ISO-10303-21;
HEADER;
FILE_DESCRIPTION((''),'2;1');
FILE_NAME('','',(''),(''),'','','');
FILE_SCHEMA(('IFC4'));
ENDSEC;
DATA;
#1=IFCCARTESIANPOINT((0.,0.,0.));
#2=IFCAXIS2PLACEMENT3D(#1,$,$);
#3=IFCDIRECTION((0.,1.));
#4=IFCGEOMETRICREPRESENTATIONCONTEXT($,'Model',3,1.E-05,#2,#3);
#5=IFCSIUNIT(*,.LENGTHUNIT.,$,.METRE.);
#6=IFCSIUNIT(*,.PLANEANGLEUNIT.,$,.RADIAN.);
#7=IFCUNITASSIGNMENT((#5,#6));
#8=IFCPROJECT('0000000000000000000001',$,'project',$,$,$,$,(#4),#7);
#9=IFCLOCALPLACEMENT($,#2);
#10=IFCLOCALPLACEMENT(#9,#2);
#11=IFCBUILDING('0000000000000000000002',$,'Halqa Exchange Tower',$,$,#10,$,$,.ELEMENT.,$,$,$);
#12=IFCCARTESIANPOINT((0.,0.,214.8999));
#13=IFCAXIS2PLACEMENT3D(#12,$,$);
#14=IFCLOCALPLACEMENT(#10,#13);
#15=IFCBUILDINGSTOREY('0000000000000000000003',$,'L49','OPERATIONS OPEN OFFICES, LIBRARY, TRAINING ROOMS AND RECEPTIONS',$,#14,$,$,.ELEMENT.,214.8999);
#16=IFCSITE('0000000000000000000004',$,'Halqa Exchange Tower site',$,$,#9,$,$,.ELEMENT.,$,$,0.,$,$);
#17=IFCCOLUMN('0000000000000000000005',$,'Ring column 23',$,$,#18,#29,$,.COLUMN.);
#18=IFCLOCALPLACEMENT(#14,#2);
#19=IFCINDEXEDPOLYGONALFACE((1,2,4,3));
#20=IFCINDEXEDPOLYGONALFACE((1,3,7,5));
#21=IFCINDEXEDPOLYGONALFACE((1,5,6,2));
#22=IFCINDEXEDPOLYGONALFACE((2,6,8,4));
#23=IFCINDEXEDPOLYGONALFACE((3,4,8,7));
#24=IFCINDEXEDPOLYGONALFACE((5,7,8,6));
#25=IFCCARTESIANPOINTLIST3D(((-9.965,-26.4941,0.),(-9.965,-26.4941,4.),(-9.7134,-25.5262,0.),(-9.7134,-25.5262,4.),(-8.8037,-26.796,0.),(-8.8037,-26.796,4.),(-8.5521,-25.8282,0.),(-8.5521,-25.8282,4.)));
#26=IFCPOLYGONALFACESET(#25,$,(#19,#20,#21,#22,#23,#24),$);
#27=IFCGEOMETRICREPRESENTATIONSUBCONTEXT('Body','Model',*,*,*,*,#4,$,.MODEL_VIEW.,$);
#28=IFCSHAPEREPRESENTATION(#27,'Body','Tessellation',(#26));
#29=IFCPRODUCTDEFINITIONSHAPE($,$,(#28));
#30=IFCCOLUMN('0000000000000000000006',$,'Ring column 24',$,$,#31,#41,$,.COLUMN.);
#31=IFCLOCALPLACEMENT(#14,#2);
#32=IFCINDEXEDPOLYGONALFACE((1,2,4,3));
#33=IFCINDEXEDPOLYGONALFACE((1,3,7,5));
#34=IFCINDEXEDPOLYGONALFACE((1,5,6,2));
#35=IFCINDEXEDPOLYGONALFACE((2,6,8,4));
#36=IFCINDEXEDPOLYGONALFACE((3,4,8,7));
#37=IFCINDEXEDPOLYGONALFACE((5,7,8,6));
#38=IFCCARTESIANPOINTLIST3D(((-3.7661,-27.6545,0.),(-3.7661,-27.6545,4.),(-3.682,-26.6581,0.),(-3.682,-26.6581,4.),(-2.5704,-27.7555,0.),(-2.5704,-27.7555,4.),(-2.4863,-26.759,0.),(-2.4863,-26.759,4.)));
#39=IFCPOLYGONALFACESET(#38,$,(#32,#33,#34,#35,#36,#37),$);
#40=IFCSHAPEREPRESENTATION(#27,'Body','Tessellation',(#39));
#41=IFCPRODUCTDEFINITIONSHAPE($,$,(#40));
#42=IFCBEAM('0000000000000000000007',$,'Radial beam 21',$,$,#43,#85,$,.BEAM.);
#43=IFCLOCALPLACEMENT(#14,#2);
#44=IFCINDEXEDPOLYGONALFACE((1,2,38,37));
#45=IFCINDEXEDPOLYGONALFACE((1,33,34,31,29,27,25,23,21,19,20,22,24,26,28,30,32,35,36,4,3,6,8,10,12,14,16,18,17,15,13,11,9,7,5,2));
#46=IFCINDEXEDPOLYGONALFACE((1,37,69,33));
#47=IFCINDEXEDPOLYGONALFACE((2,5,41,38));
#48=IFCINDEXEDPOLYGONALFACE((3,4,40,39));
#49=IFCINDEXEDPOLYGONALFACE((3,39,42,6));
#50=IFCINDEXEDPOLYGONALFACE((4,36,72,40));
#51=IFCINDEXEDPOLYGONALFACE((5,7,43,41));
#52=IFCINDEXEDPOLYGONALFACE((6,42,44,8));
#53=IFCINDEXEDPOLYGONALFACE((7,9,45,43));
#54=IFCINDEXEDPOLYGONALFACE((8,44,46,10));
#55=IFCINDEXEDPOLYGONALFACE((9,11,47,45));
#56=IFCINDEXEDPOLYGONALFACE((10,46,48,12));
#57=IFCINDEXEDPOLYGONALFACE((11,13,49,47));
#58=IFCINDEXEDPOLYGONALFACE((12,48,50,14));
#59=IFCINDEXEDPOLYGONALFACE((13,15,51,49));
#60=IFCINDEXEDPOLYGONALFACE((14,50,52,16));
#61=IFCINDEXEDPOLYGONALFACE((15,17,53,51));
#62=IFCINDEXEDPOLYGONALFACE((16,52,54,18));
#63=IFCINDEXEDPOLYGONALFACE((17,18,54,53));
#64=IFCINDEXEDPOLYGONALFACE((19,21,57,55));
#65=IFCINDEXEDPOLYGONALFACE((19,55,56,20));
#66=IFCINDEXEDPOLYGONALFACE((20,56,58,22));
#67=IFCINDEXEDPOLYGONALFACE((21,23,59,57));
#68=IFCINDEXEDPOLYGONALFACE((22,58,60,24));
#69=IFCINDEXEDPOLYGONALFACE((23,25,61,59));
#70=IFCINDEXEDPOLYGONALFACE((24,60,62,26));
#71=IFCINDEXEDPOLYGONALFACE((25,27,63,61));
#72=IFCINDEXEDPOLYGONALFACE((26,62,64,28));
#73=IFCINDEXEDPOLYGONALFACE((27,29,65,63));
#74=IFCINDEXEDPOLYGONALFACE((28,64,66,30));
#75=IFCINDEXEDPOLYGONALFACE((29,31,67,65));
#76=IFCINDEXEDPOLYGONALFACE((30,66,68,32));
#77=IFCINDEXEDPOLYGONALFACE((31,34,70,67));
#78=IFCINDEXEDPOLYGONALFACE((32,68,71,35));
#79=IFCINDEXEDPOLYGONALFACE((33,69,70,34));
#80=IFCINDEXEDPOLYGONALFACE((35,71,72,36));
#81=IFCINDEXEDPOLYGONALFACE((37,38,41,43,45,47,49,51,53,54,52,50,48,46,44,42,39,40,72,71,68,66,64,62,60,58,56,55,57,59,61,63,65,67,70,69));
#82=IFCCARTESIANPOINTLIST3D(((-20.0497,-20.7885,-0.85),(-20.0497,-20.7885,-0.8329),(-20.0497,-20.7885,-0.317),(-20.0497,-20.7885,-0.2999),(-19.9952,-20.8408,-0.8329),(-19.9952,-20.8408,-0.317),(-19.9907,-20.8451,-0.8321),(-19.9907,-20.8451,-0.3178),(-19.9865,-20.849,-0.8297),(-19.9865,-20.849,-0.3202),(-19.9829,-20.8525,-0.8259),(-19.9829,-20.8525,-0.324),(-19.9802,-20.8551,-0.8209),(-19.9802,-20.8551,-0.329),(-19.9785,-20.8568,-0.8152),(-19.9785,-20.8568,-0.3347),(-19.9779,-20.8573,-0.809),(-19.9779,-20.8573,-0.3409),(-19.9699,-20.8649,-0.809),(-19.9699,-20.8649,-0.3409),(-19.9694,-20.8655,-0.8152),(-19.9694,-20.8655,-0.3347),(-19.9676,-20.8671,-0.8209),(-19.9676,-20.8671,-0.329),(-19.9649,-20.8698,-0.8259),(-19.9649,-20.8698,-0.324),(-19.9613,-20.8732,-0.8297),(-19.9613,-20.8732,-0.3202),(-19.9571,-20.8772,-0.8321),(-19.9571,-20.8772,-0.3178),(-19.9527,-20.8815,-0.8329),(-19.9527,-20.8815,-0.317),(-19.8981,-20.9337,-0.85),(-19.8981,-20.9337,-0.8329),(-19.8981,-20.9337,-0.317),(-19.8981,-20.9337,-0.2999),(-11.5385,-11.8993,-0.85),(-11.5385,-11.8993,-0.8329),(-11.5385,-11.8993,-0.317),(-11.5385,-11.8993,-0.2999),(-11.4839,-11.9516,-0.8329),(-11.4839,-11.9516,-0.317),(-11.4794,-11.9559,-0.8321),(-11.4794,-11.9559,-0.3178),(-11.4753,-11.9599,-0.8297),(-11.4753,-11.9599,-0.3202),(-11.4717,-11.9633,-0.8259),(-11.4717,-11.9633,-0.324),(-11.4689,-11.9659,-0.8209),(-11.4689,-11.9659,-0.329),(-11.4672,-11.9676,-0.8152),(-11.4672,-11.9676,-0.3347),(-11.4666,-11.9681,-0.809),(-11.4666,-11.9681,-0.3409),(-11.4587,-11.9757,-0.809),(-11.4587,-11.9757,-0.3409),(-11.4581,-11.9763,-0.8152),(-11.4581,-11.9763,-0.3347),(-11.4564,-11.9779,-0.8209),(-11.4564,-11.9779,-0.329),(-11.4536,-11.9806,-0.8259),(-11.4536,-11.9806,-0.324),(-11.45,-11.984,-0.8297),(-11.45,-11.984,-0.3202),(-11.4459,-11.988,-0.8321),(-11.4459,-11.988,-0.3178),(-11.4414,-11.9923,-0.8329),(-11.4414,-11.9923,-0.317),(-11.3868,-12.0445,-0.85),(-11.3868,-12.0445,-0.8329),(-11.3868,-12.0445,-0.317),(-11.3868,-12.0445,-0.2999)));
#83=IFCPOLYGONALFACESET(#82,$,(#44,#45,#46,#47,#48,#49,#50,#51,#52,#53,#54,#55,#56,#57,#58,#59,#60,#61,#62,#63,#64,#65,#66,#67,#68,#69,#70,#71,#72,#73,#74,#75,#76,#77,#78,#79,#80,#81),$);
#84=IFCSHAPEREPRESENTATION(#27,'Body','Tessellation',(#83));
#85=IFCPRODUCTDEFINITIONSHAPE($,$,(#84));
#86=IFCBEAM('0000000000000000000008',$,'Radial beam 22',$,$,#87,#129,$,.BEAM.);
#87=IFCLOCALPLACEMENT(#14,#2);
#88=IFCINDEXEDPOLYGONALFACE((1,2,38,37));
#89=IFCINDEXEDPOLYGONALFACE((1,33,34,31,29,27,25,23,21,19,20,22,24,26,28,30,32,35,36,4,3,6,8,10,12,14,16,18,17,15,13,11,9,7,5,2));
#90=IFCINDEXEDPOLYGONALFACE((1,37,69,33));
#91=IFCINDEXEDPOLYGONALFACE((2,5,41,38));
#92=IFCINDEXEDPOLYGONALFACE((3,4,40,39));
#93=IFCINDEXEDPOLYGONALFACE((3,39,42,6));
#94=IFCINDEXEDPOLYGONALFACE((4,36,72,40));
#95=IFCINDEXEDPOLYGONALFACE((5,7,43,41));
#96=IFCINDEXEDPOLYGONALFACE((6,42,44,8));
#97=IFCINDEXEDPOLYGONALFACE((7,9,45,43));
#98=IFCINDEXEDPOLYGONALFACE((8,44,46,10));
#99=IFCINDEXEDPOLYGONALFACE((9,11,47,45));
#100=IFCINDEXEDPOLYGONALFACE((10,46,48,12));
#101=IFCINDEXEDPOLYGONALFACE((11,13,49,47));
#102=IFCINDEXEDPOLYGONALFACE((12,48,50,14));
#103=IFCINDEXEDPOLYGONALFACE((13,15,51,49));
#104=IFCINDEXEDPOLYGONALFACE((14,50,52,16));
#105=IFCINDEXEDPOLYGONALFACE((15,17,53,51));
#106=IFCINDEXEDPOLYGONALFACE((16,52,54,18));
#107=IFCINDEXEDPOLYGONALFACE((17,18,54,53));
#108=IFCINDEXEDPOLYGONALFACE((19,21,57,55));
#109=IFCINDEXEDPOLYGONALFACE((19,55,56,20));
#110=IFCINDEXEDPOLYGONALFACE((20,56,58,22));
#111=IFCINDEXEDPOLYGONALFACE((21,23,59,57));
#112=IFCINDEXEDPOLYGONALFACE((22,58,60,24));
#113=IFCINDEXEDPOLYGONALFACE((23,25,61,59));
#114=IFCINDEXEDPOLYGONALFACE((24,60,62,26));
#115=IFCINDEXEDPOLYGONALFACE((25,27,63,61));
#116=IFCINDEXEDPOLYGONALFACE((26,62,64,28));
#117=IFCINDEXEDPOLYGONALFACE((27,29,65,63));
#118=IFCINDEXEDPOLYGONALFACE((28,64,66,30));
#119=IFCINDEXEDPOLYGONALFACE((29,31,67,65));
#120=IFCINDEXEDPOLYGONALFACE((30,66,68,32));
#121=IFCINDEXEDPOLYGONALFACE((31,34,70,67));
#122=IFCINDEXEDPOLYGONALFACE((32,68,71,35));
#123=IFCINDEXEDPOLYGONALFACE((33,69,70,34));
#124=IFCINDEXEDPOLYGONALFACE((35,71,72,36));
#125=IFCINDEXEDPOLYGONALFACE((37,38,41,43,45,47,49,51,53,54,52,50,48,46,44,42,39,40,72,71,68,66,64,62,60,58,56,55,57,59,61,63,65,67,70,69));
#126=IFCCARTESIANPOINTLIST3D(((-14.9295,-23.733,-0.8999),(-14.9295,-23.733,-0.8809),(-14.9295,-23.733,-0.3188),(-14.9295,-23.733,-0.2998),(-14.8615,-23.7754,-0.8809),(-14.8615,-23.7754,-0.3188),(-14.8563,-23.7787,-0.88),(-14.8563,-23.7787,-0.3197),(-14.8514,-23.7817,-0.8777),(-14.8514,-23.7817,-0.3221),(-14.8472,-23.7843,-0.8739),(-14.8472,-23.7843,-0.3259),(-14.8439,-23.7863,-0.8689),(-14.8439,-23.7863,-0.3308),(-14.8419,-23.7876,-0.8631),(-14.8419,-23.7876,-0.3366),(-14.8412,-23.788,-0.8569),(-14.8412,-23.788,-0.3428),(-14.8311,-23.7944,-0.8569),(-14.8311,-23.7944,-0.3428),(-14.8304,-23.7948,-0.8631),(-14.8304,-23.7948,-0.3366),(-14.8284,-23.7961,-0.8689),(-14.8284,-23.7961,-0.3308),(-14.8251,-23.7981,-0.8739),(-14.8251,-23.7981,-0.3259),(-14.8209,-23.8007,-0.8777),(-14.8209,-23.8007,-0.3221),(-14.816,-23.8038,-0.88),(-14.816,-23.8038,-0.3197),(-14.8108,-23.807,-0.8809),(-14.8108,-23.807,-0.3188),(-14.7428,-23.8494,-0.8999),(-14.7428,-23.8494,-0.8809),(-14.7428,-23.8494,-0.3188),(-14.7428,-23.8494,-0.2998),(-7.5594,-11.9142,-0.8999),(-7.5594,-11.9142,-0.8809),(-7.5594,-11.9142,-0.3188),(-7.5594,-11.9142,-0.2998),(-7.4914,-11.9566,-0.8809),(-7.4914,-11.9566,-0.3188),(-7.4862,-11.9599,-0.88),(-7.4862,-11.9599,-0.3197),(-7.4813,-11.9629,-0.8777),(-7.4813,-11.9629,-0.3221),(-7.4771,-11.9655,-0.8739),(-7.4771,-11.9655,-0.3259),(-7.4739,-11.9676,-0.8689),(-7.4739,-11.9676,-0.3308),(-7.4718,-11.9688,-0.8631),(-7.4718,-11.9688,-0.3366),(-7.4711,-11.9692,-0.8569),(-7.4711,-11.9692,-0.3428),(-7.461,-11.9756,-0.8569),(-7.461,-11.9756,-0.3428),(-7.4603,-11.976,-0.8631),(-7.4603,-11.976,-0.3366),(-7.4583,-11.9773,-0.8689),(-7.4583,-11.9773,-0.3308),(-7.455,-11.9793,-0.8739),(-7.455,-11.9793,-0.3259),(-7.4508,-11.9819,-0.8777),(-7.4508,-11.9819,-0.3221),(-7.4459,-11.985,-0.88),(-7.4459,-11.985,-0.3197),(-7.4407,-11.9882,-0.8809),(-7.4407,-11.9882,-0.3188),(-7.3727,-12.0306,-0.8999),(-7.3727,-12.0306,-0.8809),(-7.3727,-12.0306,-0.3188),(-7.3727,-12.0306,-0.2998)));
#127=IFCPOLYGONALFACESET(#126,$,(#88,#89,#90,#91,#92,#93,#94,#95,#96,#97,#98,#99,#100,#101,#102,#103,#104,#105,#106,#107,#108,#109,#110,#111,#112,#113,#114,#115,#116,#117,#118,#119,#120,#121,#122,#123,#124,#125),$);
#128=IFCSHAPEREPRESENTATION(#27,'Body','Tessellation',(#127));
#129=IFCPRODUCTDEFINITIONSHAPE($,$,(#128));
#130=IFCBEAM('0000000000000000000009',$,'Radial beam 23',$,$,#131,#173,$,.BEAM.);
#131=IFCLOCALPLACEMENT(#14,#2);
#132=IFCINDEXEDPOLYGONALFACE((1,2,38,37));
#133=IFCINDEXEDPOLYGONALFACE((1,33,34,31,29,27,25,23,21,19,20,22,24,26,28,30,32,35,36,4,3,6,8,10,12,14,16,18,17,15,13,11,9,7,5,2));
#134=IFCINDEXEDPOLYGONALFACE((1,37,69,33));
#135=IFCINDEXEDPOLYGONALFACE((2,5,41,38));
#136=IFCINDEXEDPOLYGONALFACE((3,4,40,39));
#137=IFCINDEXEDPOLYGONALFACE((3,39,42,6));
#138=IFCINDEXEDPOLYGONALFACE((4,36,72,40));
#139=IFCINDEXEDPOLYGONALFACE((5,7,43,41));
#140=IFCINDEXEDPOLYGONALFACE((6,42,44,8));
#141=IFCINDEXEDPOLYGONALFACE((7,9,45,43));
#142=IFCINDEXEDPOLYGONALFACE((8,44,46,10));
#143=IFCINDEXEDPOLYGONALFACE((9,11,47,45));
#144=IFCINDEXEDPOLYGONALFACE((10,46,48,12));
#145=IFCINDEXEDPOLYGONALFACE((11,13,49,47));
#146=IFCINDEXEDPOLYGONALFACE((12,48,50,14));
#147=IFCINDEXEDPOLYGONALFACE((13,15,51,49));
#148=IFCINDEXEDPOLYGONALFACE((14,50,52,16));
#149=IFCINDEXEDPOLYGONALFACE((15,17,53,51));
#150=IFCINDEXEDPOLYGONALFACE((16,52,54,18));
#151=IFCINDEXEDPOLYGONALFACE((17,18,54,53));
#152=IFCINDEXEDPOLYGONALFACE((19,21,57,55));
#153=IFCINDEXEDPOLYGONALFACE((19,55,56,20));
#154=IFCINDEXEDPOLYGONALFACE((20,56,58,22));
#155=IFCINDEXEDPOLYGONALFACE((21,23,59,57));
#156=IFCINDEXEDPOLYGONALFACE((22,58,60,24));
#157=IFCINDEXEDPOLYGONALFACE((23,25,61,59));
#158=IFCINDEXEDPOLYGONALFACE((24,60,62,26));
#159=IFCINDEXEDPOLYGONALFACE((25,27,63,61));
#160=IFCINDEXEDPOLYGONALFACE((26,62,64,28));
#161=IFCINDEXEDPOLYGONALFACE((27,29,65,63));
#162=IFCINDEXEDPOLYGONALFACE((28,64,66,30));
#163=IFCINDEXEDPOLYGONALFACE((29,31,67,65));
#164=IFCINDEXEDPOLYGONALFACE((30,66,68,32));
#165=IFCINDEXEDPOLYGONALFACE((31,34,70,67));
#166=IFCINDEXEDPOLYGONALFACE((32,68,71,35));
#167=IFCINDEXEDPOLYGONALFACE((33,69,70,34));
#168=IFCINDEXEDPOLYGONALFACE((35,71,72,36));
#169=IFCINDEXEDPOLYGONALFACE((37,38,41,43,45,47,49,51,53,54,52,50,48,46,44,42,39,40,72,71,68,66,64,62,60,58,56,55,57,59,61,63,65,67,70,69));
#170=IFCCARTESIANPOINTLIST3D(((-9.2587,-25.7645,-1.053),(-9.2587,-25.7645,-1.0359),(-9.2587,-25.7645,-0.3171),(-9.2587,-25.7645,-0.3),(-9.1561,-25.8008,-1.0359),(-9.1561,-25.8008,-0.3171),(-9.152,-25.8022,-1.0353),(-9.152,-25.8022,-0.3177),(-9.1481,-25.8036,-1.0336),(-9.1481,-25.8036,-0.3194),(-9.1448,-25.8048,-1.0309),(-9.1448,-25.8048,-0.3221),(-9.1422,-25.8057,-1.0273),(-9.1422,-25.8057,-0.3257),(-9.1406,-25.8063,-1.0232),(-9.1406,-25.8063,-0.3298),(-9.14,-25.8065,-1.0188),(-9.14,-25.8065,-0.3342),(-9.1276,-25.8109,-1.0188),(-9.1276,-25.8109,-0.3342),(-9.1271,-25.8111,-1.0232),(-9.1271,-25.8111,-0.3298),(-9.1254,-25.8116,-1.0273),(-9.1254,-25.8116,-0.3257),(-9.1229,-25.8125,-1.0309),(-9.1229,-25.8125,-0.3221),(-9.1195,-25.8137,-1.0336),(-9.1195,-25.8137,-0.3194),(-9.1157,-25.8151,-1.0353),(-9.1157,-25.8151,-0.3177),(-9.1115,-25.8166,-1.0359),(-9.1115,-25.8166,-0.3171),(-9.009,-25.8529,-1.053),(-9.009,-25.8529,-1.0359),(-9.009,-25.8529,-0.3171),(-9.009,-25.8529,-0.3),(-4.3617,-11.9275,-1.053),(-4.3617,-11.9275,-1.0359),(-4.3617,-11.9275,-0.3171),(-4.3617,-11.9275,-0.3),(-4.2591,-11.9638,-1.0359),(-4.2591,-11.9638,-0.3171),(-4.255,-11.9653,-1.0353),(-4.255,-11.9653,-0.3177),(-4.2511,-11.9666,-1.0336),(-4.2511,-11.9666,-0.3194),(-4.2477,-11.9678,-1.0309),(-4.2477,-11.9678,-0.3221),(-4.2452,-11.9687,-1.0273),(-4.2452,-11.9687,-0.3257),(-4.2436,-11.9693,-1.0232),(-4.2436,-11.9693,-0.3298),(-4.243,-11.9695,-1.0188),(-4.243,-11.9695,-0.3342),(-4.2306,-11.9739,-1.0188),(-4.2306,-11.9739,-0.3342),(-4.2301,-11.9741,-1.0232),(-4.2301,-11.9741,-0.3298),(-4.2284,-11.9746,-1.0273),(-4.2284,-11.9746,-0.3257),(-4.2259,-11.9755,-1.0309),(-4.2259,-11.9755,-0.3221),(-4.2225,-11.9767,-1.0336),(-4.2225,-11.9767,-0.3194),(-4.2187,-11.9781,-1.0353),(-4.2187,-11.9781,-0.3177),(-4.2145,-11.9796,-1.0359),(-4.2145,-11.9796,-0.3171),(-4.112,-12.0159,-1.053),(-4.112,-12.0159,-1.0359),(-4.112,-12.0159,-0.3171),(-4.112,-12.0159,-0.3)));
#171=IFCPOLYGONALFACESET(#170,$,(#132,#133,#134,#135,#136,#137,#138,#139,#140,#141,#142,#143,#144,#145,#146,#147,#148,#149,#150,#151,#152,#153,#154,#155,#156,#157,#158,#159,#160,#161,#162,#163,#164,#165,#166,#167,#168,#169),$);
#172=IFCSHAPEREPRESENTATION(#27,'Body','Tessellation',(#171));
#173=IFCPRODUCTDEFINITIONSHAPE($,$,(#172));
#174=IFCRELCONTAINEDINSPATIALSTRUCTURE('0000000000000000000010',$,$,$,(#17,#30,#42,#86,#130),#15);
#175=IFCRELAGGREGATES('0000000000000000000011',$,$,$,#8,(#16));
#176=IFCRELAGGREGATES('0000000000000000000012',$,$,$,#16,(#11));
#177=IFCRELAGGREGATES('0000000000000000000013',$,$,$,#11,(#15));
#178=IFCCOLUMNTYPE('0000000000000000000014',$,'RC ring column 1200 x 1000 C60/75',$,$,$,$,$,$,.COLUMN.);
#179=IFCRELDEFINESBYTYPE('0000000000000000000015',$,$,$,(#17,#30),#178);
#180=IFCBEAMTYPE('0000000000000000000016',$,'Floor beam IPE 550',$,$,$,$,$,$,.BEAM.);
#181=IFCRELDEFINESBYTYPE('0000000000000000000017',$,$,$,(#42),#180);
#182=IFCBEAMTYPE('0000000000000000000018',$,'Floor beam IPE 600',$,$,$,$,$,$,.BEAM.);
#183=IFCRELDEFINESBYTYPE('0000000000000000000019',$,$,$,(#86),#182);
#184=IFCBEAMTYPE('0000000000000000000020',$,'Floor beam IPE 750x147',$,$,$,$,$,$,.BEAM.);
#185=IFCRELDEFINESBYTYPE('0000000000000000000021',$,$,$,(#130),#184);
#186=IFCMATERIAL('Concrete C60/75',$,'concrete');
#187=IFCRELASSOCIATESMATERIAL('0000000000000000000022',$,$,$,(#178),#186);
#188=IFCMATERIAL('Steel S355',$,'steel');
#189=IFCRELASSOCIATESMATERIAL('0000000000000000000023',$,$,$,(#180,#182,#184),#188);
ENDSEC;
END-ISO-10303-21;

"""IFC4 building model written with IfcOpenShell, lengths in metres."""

from ifc_helpers import new_model, si_unit, direction, frame, origin, origin_2d, place, context, subcontext, project, spatial, rectangle, i_section, extrude, material, material_profile, profile_set, type_object, element, save


model = new_model("IFC4")

# Units and contexts
model_context = context("Model", 3, precision=1e-05, world=origin(), true_north=direction((0.0, 1.0)))
body_context = subcontext(model_context, "Body", "Model", "MODEL_VIEW")
ifc_project = project(units=[si_unit("LENGTHUNIT", "METRE"), si_unit("PLANEANGLEUNIT", "RADIAN")], contexts=[model_context])

# Site, building, storey
site_placement = place(None, origin())
site = spatial("IfcSite", under=ifc_project, at=site_placement, Name="Halqa Exchange Tower site", CompositionType="ELEMENT", RefElevation=0.0)
building_placement = place(site_placement, origin())
building = spatial("IfcBuilding", under=site, at=building_placement, Name="Halqa Exchange Tower", CompositionType="ELEMENT")
storey_placement = place(building_placement, frame((0.0, 0.0, 214.8999)))
storey = spatial("IfcBuildingStorey", under=building, at=storey_placement, Name="L49", Description="OPERATIONS OPEN OFFICES, LIBRARY, TRAINING ROOMS AND RECEPTIONS", CompositionType="ELEMENT", Elevation=214.8999)

# Columns
ifc_material_1 = material(Name="Concrete C60/75", Category="concrete")
ifc_material_profile_1 = material_profile(ifc_material_1, rectangle(XDim=1.2, YDim=1.0, at=origin_2d()), Name="1200 x 1000")
ifc_profile_set_1 = profile_set([ifc_material_profile_1], Name="Concrete C60/75")
column_type = type_object("IfcColumnType", Name="RC ring column 1200 x 1000 C60/75", PredefinedType="COLUMN", material=ifc_profile_set_1)
for number, where, z_axis, x_axis, name in (
    (1, (-9.2585, -26.1611, 0.0), (0.0, 0.0, 1.0), (0.967819, -0.251649, 0.0), "Ring column 23"),
    (2, (-3.1262, -27.2068, 0.0), (0.0, 0.0, 1.0), (0.996455, -0.084128, 0.0), "Ring column 24"),
):
    element("IfcColumn", number, at=place(storey_placement, frame(where, z_axis=z_axis, x_axis=x_axis)), inside=storey, type_object=column_type, Name=name, PredefinedType="COLUMN", context=body_context, shape_type="SweptSolid", body=[
        extrude(rectangle(XDim=1.2, YDim=1.0, at=origin_2d()), origin(), (0.0, 0.0, 1.0), 4.0),
    ])

# Beams
ifc_material_2 = material(Name="Steel S355", Category="steel")
ifc_material_profile_2 = material_profile(ifc_material_2, i_section(OverallWidth=0.21, OverallDepth=0.55, WebThickness=0.011, FlangeThickness=0.0171, FilletRadius=0.0239, at=origin_2d()), Name="IPE 550")
ifc_profile_set_2 = profile_set([ifc_material_profile_2], Name="Steel S355")
beam_type_1 = type_object("IfcBeamType", Name="Floor beam IPE 550", PredefinedType="BEAM", material=ifc_profile_set_2)
beam_1_placement = place(storey_placement, frame((-11.4626, -11.9719, -0.575), z_axis=(-0.691586, -0.722295, 0.0), x_axis=(0.722295, -0.691586, 0.0)))
element("IfcBeam", 3, at=beam_1_placement, inside=storey, type_object=beam_type_1, Name="Radial beam 21", PredefinedType="BEAM", context=body_context, shape_type="SweptSolid", body=[
    extrude(i_section(OverallWidth=0.21, OverallDepth=0.55, WebThickness=0.011, FlangeThickness=0.0171, FilletRadius=0.0239, at=origin_2d()), origin(), (0.0, 0.0, 1.0), 12.3069),
])
ifc_material_profile_3 = material_profile(ifc_material_2, i_section(OverallWidth=0.22, OverallDepth=0.6001, WebThickness=0.012, FlangeThickness=0.019, FilletRadius=0.0239, at=origin_2d()), Name="IPE 600")
ifc_profile_set_3 = profile_set([ifc_material_profile_3], Name="Steel S355")
beam_type_2 = type_object("IfcBeamType", Name="Floor beam IPE 600", PredefinedType="BEAM", material=ifc_profile_set_3)
beam_2_placement = place(storey_placement, frame((-7.4661, -11.9724, -0.5999), z_axis=(-0.529138, -0.848536, 0.0), x_axis=(0.848536, -0.529138, 0.0)))
element("IfcBeam", 4, at=beam_2_placement, inside=storey, type_object=beam_type_2, Name="Radial beam 22", PredefinedType="BEAM", context=body_context, shape_type="SweptSolid", body=[
    extrude(i_section(OverallWidth=0.22, OverallDepth=0.6001, WebThickness=0.012, FlangeThickness=0.019, FilletRadius=0.0239, at=origin_2d()), origin(), (0.0, 0.0, 1.0), 13.9285),
])
ifc_material_profile_4 = material_profile(ifc_material_2, i_section(OverallWidth=0.2649, OverallDepth=0.7529, WebThickness=0.0132, FlangeThickness=0.0171, FilletRadius=0.0171, at=origin_2d()), Name="IPE 750x147")
ifc_profile_set_4 = profile_set([ifc_material_profile_4], Name="Steel S355")
beam_type_3 = type_object("IfcBeamType", Name="Floor beam IPE 750x147", PredefinedType="BEAM", material=ifc_profile_set_4)
beam_3_placement = place(storey_placement, frame((-4.2368, -11.9717, -0.6765), z_axis=(-0.333629, -0.942704, 0.0), x_axis=(0.942704, -0.333629, 0.0)))
element("IfcBeam", 5, at=beam_3_placement, inside=storey, type_object=beam_type_3, Name="Radial beam 23", PredefinedType="BEAM", context=body_context, shape_type="SweptSolid", body=[
    extrude(i_section(OverallWidth=0.2649, OverallDepth=0.7529, WebThickness=0.0132, FlangeThickness=0.0171, FilletRadius=0.0171, at=origin_2d()), origin(), (0.0, 0.0, 1.0), 14.678),
])

save(model, "model.ifc")
